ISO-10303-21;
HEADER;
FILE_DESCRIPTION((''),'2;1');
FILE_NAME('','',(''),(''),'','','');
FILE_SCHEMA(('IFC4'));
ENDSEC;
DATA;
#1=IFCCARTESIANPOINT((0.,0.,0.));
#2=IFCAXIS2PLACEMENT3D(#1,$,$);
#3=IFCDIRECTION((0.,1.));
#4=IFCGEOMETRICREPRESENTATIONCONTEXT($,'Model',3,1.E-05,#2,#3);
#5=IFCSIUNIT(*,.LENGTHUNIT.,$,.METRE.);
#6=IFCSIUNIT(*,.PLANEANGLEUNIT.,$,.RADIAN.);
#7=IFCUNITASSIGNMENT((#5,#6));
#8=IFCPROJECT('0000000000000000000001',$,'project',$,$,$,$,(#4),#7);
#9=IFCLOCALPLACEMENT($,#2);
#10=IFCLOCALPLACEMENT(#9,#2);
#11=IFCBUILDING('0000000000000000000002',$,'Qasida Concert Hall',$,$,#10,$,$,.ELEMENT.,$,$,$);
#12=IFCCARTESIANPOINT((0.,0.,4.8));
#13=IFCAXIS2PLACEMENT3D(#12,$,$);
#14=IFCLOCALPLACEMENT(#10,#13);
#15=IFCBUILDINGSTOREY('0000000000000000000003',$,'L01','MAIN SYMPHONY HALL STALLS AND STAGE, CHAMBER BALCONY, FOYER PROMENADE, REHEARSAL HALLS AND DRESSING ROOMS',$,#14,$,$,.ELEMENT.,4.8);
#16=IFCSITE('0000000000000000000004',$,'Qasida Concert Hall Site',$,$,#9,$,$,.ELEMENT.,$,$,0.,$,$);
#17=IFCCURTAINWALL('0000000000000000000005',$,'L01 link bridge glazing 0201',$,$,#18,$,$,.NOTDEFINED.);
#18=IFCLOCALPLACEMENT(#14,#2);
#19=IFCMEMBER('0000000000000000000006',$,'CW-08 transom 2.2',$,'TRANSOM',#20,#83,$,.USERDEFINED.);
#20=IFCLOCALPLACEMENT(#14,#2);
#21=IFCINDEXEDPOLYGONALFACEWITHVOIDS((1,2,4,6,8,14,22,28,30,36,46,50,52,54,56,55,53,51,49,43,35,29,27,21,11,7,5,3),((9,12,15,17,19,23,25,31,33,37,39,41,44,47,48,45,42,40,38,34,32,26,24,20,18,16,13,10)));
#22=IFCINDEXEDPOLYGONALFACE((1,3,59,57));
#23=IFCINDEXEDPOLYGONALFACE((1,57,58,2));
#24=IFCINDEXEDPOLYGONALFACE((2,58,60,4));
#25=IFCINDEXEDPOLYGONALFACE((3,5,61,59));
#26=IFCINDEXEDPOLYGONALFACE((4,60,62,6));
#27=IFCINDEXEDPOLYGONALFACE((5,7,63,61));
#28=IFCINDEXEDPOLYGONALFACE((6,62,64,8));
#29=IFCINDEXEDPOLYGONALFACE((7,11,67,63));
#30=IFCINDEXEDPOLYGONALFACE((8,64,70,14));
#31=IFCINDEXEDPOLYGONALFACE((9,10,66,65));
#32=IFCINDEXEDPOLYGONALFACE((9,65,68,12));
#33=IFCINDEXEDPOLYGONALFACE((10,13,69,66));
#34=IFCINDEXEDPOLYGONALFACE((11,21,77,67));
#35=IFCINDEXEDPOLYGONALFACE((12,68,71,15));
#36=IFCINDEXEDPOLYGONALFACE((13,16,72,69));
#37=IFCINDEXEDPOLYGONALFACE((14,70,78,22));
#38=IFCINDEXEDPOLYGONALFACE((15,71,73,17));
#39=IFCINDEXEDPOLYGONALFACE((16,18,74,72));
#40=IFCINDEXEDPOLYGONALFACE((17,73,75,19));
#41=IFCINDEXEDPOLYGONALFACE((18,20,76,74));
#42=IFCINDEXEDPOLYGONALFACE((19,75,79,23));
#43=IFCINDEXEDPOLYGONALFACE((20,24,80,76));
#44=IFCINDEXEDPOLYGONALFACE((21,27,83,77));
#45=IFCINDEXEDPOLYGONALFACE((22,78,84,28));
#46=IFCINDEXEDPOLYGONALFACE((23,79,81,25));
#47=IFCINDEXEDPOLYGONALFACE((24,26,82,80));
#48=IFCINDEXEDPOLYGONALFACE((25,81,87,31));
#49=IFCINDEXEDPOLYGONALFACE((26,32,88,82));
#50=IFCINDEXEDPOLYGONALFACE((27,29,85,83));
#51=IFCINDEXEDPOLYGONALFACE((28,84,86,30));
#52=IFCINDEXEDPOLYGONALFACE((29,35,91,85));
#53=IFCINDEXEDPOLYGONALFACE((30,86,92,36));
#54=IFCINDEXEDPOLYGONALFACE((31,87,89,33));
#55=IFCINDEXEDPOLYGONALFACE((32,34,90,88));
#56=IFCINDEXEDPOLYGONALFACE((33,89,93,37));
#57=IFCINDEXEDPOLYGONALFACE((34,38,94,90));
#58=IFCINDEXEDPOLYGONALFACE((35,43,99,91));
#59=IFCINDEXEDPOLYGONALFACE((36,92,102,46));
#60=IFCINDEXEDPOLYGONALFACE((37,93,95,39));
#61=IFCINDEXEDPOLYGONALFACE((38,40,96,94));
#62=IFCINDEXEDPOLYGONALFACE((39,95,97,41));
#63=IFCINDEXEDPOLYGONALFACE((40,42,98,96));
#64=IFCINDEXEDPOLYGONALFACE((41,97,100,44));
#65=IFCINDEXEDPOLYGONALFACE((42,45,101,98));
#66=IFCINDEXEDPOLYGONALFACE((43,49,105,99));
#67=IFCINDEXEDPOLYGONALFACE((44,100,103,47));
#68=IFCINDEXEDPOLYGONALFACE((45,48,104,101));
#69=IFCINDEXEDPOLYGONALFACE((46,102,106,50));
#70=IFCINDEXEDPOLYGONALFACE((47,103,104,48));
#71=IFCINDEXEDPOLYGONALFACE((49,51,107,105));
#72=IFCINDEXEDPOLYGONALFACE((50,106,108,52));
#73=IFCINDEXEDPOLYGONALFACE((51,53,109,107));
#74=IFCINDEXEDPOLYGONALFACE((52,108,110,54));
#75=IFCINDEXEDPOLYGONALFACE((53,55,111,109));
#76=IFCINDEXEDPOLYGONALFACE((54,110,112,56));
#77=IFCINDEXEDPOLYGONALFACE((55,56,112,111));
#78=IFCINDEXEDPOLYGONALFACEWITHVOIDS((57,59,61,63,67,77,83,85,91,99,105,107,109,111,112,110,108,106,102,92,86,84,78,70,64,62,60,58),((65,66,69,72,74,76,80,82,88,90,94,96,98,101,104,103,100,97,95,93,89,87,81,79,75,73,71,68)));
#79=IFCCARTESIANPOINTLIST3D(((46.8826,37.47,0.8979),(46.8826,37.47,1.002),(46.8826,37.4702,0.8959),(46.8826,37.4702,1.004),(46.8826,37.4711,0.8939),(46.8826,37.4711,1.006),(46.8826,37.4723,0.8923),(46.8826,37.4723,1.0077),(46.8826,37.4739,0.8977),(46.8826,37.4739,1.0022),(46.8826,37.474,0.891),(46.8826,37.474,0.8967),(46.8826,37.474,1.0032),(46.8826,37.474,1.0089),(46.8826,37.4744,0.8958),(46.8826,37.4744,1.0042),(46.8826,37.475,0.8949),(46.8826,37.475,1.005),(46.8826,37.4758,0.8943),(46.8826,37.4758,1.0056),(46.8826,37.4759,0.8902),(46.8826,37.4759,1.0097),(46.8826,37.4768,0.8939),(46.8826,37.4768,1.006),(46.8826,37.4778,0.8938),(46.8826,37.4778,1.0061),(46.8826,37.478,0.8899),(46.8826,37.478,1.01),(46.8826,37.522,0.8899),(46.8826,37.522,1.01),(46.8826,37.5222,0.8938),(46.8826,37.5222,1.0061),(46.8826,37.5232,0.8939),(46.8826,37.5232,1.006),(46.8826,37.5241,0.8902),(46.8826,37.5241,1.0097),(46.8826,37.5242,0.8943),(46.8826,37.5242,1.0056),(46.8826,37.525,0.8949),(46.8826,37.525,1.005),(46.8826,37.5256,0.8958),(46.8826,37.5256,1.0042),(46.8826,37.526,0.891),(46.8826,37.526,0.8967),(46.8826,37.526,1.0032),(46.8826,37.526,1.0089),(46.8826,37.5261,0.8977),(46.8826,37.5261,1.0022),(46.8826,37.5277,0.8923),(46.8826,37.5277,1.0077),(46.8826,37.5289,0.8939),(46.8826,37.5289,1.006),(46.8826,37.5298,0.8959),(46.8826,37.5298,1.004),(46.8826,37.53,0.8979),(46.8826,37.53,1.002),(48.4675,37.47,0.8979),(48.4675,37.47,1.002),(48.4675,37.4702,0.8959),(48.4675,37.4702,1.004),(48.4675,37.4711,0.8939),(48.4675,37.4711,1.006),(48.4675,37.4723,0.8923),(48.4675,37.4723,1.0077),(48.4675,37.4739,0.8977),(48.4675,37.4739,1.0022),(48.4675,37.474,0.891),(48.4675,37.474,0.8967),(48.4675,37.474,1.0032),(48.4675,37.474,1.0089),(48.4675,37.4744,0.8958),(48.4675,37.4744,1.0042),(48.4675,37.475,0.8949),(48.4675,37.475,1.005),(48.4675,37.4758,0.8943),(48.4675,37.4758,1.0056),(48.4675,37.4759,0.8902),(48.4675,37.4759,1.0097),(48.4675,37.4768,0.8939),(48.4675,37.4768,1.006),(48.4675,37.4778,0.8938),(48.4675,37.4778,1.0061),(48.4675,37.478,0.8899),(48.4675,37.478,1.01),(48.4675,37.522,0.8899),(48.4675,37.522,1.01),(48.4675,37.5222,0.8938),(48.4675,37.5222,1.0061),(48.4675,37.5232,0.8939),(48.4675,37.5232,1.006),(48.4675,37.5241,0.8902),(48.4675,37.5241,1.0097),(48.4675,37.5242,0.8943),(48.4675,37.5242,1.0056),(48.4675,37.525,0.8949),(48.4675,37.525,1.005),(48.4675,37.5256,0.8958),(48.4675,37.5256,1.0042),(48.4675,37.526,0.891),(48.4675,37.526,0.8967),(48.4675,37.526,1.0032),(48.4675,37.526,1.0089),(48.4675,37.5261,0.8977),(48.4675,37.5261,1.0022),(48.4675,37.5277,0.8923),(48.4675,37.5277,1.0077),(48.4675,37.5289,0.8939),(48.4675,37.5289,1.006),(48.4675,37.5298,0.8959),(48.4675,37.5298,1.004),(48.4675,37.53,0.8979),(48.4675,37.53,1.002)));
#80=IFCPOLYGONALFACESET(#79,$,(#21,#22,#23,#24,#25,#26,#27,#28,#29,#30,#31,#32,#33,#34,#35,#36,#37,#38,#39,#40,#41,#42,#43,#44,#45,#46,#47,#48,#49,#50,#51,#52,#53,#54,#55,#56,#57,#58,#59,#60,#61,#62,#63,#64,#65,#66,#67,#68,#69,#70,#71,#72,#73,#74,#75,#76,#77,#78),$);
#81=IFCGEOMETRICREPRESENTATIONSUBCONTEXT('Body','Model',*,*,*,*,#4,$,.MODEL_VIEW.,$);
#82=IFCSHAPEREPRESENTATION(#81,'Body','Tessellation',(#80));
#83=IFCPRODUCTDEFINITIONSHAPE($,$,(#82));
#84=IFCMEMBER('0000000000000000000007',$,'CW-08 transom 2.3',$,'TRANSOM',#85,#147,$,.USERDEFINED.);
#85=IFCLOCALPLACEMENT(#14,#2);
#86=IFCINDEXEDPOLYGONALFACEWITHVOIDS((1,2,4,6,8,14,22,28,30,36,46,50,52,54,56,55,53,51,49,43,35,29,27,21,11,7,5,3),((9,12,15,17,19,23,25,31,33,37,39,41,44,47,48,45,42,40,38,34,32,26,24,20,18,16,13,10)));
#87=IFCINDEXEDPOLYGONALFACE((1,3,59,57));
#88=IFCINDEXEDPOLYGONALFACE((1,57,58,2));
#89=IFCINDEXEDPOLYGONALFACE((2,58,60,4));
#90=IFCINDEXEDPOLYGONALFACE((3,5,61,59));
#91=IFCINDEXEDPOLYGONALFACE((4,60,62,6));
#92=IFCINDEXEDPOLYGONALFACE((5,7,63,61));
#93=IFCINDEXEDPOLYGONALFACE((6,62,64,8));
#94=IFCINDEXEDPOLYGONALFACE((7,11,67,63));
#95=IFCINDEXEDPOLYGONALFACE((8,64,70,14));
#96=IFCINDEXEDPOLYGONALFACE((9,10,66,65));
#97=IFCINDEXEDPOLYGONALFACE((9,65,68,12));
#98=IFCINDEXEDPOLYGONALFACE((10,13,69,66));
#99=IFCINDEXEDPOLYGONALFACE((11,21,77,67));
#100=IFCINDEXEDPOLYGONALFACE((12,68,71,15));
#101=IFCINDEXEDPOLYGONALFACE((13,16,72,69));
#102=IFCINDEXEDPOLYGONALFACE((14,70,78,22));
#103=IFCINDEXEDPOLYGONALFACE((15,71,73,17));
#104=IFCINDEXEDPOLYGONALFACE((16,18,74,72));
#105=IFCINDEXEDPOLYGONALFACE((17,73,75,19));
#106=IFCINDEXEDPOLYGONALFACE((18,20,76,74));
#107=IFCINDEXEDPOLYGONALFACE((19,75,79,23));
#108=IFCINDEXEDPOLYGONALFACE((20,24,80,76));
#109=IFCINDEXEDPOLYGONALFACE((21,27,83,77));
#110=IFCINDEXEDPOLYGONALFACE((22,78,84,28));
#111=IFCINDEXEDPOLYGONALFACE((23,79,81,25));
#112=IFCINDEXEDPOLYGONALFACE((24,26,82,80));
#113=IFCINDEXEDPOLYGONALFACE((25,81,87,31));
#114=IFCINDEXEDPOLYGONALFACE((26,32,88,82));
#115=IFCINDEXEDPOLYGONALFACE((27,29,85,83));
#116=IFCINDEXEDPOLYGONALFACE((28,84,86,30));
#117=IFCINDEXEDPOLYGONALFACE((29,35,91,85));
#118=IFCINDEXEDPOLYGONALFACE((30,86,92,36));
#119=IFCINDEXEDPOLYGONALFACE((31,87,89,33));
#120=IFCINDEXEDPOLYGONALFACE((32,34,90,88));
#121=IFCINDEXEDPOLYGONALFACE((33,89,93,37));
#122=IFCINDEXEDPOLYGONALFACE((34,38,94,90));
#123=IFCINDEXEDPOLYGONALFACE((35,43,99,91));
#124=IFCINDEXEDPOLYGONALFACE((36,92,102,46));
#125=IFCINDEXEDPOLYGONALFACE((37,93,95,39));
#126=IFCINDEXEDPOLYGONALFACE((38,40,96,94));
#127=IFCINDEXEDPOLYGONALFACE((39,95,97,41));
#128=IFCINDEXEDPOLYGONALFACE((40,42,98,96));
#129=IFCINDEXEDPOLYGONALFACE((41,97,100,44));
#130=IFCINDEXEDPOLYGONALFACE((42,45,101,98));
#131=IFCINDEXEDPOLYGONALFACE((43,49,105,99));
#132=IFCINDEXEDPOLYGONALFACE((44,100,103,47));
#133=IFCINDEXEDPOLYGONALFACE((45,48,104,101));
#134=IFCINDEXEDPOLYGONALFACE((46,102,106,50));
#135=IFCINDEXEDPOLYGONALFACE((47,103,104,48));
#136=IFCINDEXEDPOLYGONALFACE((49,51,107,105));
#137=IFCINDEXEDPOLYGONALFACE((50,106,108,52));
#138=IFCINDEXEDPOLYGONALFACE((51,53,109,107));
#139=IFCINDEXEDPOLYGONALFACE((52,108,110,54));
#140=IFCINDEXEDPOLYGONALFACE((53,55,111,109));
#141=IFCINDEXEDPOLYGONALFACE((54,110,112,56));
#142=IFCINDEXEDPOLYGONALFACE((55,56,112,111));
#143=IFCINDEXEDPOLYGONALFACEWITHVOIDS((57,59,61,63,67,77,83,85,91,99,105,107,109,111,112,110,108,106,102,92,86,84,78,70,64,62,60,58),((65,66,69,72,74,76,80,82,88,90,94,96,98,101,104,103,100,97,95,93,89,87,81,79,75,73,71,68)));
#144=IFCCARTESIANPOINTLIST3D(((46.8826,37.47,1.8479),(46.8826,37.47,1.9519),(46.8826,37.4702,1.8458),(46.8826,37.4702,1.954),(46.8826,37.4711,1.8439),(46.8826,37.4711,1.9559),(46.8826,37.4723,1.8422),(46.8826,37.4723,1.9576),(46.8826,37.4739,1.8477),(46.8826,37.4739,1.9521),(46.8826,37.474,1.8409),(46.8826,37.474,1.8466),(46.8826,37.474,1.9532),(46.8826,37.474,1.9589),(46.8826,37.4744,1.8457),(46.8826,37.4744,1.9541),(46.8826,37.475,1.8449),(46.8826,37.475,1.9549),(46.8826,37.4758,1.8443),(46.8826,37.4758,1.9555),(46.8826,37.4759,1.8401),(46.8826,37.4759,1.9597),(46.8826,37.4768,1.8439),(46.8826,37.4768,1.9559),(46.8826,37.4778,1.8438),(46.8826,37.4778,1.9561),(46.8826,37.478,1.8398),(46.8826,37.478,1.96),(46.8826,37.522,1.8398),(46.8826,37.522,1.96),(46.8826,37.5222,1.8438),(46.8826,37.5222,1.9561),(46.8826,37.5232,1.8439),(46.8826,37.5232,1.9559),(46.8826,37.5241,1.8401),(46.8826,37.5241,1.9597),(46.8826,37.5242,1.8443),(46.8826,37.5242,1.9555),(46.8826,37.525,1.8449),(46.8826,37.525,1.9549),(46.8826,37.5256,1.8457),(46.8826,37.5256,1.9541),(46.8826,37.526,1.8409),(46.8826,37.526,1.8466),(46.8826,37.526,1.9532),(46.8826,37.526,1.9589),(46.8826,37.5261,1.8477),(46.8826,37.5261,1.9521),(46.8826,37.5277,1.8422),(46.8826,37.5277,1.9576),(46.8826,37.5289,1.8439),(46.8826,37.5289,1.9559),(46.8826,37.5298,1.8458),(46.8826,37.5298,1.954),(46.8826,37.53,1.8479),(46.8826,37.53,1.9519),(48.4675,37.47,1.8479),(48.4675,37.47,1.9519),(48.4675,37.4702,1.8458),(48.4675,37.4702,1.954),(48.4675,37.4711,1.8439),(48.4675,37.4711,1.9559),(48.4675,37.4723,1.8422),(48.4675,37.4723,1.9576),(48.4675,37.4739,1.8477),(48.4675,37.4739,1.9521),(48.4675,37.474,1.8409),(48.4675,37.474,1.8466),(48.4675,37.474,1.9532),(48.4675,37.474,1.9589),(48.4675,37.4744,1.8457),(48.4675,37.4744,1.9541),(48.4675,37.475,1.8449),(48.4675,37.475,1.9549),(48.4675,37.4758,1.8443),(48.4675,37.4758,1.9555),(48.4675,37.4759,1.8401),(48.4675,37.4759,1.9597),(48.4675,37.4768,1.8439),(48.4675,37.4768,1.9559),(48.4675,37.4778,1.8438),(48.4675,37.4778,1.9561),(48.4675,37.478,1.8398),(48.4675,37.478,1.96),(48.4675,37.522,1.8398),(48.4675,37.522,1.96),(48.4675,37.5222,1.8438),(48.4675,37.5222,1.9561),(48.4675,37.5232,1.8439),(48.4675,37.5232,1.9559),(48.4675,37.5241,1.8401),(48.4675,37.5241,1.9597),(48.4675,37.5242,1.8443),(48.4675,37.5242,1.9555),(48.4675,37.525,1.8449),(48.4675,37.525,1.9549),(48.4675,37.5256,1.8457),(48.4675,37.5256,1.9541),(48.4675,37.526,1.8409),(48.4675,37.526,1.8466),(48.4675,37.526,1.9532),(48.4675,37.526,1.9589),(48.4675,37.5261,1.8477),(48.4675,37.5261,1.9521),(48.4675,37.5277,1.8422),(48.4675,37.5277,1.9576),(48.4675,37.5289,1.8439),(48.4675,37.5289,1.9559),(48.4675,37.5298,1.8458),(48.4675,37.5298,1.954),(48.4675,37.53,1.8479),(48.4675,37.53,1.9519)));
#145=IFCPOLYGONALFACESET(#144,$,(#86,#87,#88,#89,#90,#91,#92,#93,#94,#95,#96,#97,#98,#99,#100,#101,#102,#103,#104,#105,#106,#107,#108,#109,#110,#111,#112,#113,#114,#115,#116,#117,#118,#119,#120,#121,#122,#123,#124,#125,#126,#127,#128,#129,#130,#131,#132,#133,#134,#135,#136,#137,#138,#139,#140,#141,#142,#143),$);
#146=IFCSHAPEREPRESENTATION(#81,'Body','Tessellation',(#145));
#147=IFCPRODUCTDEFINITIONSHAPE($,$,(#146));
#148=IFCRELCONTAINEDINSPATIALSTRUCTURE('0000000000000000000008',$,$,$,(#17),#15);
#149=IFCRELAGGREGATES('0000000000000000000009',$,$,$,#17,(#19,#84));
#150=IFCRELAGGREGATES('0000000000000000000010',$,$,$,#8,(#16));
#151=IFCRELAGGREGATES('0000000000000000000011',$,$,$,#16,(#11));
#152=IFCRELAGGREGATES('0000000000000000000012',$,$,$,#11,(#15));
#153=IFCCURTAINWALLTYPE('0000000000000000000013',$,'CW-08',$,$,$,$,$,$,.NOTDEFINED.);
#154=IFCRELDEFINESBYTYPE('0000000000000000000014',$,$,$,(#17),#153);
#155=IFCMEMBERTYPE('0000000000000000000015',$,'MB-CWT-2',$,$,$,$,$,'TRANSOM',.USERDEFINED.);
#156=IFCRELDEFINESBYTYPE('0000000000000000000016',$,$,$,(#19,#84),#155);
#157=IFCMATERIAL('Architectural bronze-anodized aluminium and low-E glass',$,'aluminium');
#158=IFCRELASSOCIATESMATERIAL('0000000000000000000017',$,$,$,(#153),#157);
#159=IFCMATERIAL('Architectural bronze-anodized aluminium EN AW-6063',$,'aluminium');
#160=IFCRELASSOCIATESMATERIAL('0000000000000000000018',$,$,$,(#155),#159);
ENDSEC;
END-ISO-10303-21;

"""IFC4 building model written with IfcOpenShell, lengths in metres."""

from ifc_helpers import new_model, si_unit, direction, frame, origin, origin_2d, place, context, subcontext, project, spatial, hollow_rectangle, extrude, material, material_profile, profile_set, type_object, element, aggregate, save


model = new_model("IFC4")

# Units and contexts
model_context = context("Model", 3, precision=1e-05, world=origin(), true_north=direction((0.0, 1.0)))
body_context = subcontext(model_context, "Body", "Model", "MODEL_VIEW")
ifc_project = project(units=[si_unit("LENGTHUNIT", "METRE"), si_unit("PLANEANGLEUNIT", "RADIAN")], contexts=[model_context])

# Site, building, storey
site_placement = place(None, origin())
site = spatial("IfcSite", under=ifc_project, at=site_placement, Name="Qasida Concert Hall Site", CompositionType="ELEMENT", RefElevation=0.0)
building_placement = place(site_placement, origin())
building = spatial("IfcBuilding", under=site, at=building_placement, Name="Qasida Concert Hall", CompositionType="ELEMENT")
storey_placement = place(building_placement, frame((0.0, 0.0, 4.8)))
storey = spatial("IfcBuildingStorey", under=building, at=storey_placement, Name="L01", Description="MAIN SYMPHONY HALL STALLS AND STAGE, CHAMBER BALCONY, FOYER PROMENADE, REHEARSAL HALLS AND DRESSING ROOMS", CompositionType="ELEMENT", Elevation=4.8)

# Curtain wall
ifc_material_1 = material(Name="Architectural bronze-anodized aluminium and low-E glass", Category="aluminium")
curtain_wall_type = type_object("IfcCurtainWallType", Name="CW-08", PredefinedType="NOTDEFINED", material=ifc_material_1)
ifc_material_2 = material(Name="Architectural bronze-anodized aluminium EN AW-6063", Category="aluminium")
curtain_wall_1_placement = place(storey_placement, origin())
curtain_wall_1 = element("IfcCurtainWall", 1, at=curtain_wall_1_placement, inside=storey, type_object=curtain_wall_type, Name="L01 link bridge glazing 0201", PredefinedType="NOTDEFINED")

# Members
ifc_material_profile_1 = material_profile(ifc_material_2, hollow_rectangle(XDim=0.0601, YDim=0.1201, WallThickness=0.0039, InnerFilletRadius=0.0039, OuterFilletRadius=0.0081, at=origin_2d()), Name="CWT 120x60x4")
ifc_profile_set_1 = profile_set([ifc_material_profile_1], Name="Architectural bronze-anodized aluminium EN AW-6063")
member_type_1 = type_object("IfcMemberType", Name="MB-CWT-2", ElementType="TRANSOM", PredefinedType="USERDEFINED", material=ifc_profile_set_1)
member_1_placement = place(storey_placement, frame((46.8826, 37.5, 0.95), z_axis=(1.0, 0.0, 0.0), x_axis=(0.0, 1.0, 0.0)))
member_1 = element("IfcMember", 2, at=member_1_placement, type_object=member_type_1, Name="CW-08 transom 2.2", ObjectType="TRANSOM", PredefinedType="USERDEFINED", context=body_context, shape_type="SweptSolid", body=[
    extrude(hollow_rectangle(XDim=0.0601, YDim=0.1201, WallThickness=0.0039, InnerFilletRadius=0.0039, OuterFilletRadius=0.0081, at=origin_2d()), origin(), (0.0, 0.0, 1.0), 1.585),
])
member_2_placement = place(storey_placement, frame((46.8826, 37.5, 1.8999), z_axis=(1.0, 0.0, 0.0), x_axis=(0.0, 1.0, 0.0)))
member_2 = element("IfcMember", 3, at=member_2_placement, type_object=member_type_1, Name="CW-08 transom 2.3", ObjectType="TRANSOM", PredefinedType="USERDEFINED", context=body_context, shape_type="SweptSolid", body=[
    extrude(hollow_rectangle(XDim=0.0601, YDim=0.1201, WallThickness=0.0039, InnerFilletRadius=0.0039, OuterFilletRadius=0.0081, at=origin_2d()), origin(), (0.0, 0.0, 1.0), 1.585),
])

aggregate(curtain_wall_1, [member_1, member_2])

save(model, "model.ifc")
